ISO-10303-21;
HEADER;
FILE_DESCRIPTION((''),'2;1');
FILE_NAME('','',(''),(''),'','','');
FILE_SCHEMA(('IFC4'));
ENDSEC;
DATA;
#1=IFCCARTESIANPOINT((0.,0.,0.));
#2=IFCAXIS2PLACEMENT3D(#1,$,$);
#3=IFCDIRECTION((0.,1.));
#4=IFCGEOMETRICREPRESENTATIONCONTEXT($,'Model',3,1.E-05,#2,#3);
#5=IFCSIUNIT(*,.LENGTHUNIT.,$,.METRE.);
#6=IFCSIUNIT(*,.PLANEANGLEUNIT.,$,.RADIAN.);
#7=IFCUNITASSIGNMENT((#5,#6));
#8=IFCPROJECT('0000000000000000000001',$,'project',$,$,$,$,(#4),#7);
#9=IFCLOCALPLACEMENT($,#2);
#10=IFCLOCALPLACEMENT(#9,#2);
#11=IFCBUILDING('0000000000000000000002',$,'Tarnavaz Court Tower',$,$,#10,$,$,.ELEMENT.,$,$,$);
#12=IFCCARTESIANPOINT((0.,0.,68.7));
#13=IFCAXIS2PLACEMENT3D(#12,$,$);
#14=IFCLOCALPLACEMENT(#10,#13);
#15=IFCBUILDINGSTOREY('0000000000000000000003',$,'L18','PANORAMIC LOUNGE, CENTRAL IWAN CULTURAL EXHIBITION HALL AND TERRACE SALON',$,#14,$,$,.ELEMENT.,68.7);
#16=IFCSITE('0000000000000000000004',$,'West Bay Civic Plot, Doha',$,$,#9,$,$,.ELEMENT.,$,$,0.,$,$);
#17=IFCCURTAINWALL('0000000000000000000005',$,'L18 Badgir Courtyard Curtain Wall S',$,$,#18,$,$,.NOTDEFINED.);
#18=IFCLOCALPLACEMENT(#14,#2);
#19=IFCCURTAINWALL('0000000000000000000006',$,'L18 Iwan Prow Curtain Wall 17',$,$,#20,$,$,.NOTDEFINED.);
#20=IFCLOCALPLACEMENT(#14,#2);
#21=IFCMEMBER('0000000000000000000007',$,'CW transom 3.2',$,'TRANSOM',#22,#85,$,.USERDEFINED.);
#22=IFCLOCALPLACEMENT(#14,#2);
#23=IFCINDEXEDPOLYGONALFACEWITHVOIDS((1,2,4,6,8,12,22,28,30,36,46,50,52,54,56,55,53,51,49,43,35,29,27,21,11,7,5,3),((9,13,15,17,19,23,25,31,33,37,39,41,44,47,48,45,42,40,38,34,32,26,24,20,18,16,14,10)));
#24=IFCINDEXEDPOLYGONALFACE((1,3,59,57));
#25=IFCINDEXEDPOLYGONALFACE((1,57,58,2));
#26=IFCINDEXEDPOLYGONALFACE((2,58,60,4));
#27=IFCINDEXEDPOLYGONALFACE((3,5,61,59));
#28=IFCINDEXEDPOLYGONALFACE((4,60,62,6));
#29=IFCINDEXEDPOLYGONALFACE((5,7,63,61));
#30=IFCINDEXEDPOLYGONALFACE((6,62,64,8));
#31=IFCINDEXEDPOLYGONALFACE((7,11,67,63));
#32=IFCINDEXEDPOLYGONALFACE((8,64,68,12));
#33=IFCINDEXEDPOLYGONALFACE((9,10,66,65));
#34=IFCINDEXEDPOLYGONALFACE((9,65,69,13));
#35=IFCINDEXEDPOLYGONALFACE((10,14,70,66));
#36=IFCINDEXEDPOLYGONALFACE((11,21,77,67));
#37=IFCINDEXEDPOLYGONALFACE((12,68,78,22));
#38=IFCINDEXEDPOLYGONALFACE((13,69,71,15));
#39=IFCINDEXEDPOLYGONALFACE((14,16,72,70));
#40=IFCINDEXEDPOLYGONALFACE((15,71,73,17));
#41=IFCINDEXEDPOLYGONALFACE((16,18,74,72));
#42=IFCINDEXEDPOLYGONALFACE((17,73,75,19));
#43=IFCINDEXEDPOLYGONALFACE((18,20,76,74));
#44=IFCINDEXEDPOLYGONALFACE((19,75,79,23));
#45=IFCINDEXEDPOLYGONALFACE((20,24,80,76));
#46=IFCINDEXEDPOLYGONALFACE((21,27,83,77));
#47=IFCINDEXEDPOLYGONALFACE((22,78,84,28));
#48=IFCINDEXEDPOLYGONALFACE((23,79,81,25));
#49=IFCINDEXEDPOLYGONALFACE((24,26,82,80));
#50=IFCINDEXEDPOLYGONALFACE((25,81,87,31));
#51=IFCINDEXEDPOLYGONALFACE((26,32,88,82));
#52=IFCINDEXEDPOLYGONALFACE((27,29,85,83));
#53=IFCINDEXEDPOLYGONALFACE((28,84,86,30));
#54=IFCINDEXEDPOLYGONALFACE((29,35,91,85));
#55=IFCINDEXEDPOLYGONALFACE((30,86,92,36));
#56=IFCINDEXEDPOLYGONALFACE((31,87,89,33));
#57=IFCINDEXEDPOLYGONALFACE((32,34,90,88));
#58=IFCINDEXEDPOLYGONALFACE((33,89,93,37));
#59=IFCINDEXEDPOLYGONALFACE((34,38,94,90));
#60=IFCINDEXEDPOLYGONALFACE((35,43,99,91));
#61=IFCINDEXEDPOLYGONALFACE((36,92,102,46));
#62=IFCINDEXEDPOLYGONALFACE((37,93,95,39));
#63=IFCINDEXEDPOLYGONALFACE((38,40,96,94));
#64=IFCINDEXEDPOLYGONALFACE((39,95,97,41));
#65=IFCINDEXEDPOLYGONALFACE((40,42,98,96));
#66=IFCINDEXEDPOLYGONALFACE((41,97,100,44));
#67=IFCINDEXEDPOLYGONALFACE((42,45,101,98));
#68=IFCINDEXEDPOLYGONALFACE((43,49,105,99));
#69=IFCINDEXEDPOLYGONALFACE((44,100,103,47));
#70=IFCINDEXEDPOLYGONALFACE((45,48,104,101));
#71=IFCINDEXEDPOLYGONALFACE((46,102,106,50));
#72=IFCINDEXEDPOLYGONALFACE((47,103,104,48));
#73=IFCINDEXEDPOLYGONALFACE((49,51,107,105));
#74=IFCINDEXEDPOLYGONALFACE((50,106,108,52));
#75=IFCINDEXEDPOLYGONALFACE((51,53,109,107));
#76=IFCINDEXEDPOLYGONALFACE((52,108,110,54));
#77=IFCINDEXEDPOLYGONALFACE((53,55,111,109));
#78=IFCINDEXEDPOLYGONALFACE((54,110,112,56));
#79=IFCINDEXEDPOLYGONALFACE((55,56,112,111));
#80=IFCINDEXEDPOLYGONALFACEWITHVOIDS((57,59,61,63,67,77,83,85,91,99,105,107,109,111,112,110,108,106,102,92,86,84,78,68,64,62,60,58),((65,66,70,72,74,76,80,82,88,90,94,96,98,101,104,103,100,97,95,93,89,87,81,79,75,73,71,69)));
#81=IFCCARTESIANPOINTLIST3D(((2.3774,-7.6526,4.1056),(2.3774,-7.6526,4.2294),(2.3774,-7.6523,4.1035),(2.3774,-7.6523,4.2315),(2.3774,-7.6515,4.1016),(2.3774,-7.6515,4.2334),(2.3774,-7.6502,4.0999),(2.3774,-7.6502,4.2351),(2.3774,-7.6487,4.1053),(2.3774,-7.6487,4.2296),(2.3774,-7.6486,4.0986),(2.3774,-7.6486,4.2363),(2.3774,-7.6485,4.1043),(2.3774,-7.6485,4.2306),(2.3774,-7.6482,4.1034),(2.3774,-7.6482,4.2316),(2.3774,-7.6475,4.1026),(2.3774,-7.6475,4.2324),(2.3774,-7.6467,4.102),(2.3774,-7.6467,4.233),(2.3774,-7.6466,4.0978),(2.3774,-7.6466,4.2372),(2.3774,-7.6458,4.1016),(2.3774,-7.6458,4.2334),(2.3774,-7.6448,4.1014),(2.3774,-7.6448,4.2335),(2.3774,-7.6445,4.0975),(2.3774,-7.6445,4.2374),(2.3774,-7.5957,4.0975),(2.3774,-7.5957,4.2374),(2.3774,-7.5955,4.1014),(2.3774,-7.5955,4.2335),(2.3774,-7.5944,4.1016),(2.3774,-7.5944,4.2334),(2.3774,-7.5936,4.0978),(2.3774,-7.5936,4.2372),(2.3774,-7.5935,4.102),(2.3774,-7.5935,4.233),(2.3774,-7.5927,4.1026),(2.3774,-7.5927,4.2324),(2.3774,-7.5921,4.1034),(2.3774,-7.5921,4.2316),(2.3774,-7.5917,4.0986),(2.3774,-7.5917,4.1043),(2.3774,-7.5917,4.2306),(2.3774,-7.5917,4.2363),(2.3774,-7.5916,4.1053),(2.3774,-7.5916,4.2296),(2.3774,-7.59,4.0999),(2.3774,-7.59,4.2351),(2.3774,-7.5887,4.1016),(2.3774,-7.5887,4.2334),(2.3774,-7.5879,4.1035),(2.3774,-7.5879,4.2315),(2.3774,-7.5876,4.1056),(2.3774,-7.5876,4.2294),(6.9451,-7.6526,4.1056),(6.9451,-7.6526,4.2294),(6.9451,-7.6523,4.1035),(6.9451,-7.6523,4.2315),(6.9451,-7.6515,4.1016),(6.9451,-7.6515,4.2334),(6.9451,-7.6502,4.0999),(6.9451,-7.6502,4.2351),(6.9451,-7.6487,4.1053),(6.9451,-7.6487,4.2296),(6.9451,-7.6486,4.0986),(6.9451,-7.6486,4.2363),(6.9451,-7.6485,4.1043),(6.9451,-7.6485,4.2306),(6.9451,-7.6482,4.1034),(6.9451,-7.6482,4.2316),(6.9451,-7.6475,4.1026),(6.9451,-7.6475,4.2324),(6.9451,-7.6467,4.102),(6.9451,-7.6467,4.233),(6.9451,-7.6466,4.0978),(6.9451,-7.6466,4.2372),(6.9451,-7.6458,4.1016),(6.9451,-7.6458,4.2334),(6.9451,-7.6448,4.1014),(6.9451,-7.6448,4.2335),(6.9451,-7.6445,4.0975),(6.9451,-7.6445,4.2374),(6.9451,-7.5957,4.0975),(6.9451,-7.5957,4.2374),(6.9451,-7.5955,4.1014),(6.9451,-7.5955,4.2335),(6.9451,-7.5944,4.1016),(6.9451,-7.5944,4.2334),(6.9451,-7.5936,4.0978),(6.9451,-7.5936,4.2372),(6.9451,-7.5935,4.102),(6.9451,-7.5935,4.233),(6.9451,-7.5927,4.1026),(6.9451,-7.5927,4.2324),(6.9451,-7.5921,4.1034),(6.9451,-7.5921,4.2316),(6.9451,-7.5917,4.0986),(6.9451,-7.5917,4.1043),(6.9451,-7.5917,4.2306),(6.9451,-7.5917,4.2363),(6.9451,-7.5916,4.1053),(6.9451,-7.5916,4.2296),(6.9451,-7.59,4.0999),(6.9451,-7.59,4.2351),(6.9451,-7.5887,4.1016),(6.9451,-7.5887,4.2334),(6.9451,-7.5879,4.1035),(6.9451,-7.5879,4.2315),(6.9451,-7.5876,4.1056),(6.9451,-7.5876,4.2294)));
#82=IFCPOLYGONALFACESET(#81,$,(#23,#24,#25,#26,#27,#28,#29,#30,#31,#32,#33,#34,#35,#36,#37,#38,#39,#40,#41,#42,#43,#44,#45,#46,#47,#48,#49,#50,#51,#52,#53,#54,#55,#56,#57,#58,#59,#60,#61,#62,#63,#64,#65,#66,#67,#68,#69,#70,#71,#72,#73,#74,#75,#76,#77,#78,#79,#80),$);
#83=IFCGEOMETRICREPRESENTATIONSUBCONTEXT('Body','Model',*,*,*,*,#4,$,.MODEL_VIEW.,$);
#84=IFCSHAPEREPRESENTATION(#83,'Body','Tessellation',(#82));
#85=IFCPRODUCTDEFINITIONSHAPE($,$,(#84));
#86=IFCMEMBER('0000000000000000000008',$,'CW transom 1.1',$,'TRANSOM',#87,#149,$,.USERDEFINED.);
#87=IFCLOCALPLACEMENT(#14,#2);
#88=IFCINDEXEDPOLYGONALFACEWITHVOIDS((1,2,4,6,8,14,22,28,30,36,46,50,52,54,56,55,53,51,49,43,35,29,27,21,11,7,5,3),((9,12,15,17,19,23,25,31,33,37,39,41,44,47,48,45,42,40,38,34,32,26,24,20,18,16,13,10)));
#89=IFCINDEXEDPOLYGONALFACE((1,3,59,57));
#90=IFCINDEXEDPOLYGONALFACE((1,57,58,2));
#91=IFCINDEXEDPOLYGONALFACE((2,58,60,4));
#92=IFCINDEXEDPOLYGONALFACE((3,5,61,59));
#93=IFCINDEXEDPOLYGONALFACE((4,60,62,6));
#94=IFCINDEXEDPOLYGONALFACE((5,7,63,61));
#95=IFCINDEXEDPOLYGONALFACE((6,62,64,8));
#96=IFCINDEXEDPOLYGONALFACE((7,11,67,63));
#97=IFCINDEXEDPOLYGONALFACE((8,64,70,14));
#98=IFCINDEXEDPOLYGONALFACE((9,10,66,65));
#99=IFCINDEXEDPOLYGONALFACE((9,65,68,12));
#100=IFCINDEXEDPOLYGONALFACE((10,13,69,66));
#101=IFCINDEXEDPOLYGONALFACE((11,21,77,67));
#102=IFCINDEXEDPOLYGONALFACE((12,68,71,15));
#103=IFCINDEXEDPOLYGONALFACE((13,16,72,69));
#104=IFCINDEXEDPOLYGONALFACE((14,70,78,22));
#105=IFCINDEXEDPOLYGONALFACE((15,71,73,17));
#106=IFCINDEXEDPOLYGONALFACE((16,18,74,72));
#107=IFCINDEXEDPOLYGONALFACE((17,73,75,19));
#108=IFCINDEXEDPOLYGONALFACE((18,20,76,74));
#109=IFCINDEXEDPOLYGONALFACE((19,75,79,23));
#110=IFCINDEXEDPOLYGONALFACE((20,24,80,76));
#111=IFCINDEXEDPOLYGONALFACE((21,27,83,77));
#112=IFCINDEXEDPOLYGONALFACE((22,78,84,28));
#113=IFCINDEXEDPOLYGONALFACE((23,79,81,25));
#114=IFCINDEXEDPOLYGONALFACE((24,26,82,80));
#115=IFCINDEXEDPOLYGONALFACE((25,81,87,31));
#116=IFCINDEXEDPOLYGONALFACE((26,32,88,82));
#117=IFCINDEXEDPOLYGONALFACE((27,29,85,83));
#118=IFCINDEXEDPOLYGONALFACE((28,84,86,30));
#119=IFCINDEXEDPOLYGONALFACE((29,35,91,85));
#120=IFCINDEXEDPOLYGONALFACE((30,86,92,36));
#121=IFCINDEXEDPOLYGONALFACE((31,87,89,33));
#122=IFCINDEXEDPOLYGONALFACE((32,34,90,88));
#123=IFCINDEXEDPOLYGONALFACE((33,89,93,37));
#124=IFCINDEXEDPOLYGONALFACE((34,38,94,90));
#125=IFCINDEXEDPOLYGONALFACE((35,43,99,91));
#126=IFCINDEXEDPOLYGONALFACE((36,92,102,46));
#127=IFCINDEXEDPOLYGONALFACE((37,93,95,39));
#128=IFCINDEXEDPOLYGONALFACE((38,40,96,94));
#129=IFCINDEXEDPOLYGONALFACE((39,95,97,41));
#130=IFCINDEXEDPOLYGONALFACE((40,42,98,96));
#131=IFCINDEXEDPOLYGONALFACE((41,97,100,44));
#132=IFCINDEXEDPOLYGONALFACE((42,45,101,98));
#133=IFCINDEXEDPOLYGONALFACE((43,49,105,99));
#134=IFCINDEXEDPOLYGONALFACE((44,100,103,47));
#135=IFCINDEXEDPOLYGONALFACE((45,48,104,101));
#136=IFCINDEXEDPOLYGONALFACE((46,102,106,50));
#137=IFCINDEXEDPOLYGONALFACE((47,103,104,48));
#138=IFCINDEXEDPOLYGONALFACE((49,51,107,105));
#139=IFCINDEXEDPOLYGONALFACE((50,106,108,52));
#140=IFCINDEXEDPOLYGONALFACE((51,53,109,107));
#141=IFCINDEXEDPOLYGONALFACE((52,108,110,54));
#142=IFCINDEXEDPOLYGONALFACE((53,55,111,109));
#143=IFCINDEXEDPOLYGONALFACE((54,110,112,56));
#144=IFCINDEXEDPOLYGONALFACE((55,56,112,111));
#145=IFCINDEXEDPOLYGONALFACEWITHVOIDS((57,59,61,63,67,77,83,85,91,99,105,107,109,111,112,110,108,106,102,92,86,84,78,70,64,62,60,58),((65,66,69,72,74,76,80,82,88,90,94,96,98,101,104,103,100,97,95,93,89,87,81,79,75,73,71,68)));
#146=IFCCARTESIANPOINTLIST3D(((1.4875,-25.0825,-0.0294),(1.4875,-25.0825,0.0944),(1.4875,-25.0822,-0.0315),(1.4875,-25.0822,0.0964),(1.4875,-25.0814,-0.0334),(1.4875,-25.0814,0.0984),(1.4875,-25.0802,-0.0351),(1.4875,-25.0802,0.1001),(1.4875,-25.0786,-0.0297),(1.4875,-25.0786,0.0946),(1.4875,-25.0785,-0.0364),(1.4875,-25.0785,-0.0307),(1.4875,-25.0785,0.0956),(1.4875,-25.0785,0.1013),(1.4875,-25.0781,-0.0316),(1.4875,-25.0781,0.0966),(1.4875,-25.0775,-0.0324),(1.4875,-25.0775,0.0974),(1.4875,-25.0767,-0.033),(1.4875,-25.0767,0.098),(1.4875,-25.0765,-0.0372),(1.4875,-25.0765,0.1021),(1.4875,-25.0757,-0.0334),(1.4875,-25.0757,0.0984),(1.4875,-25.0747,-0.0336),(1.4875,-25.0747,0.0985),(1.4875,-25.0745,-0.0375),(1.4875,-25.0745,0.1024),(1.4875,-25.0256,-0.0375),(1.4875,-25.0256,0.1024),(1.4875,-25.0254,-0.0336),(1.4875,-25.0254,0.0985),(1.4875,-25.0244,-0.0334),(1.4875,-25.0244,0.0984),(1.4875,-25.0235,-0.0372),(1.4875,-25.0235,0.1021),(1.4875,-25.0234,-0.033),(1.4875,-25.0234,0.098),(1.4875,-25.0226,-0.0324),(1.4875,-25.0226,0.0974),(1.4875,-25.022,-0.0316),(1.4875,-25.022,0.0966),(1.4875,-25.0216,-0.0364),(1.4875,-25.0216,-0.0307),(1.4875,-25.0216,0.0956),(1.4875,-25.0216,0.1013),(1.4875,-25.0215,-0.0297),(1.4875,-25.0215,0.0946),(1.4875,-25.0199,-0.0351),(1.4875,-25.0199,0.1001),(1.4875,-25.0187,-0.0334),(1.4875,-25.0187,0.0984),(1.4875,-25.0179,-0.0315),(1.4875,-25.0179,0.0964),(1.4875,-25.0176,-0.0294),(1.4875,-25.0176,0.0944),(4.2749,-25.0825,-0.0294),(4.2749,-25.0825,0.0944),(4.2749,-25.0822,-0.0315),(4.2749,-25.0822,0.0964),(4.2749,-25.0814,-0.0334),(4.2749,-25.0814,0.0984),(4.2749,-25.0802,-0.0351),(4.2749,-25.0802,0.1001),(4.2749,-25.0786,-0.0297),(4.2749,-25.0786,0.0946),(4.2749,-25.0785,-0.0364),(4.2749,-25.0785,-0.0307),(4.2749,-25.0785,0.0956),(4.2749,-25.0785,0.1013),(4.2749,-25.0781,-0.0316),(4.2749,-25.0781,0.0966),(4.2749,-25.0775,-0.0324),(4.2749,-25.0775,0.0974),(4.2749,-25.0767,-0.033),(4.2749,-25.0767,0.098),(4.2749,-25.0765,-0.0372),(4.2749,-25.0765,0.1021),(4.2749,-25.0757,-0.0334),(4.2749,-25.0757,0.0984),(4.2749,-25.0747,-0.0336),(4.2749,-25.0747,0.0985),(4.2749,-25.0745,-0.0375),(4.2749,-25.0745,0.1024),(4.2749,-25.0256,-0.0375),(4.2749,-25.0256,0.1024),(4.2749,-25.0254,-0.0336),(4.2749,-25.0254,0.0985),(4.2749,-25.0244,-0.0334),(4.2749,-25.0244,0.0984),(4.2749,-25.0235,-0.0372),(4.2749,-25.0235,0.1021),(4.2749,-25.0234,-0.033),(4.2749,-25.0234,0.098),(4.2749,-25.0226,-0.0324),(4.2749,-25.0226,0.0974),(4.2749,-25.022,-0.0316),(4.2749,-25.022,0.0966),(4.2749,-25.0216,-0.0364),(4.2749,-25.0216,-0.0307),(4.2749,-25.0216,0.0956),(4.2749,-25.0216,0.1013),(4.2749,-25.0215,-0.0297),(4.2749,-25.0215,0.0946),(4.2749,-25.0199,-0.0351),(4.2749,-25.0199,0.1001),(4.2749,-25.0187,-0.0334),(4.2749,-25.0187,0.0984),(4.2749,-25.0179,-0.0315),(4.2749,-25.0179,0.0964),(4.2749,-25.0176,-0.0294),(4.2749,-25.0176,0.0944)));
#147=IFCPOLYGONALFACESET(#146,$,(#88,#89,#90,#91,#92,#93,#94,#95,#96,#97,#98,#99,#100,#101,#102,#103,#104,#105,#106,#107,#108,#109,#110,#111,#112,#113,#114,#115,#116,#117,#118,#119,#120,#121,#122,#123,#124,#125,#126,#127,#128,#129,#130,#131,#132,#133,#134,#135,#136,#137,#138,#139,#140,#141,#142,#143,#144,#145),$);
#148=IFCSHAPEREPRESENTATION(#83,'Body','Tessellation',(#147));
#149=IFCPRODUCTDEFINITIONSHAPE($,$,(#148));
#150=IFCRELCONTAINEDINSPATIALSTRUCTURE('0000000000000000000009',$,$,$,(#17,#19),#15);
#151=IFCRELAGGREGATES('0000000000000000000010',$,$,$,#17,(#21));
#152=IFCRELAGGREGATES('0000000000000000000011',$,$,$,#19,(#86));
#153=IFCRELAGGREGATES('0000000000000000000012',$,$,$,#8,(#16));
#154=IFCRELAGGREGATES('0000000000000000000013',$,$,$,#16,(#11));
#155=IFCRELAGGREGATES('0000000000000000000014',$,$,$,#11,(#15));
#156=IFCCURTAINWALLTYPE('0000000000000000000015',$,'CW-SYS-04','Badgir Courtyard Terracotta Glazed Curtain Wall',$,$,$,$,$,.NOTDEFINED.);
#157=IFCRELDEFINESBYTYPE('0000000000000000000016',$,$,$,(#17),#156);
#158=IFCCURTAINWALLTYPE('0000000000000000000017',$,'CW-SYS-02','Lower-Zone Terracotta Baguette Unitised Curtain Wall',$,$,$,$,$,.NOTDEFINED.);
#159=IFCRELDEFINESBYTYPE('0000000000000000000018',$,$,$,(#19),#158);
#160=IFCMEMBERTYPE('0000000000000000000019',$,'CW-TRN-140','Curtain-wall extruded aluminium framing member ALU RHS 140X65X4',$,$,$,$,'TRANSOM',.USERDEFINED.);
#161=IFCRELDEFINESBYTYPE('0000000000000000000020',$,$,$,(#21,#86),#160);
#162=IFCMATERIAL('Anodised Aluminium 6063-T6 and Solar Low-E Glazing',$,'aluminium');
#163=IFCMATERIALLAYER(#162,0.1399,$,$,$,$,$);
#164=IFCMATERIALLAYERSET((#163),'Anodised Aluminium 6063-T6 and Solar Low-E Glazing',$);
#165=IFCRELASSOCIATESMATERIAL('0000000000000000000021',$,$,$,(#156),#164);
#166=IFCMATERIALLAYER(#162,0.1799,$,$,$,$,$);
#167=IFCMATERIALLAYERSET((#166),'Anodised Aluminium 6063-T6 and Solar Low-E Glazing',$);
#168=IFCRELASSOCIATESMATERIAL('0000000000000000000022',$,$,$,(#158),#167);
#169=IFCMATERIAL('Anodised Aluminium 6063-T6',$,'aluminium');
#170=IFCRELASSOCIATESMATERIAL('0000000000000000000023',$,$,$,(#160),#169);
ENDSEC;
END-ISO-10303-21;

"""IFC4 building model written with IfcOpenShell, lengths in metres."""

from ifc_helpers import new_model, si_unit, direction, frame, origin, origin_2d, place, context, subcontext, project, spatial, hollow_rectangle, extrude, material, layer, layer_set, material_profile, profile_set, type_object, element, aggregate, save


model = new_model("IFC4")

# Units and contexts
model_context = context("Model", 3, precision=1e-05, world=origin(), true_north=direction((0.0, 1.0)))
body_context = subcontext(model_context, "Body", "Model", "MODEL_VIEW")
ifc_project = project(units=[si_unit("LENGTHUNIT", "METRE"), si_unit("PLANEANGLEUNIT", "RADIAN")], contexts=[model_context])

# Site, building, storey
site_placement = place(None, origin())
site = spatial("IfcSite", under=ifc_project, at=site_placement, Name="West Bay Civic Plot, Doha", CompositionType="ELEMENT", RefElevation=0.0)
building_placement = place(site_placement, origin())
building = spatial("IfcBuilding", under=site, at=building_placement, Name="Tarnavaz Court Tower", CompositionType="ELEMENT")
storey_placement = place(building_placement, frame((0.0, 0.0, 68.7)))
storey = spatial("IfcBuildingStorey", under=building, at=storey_placement, Name="L18", Description="PANORAMIC LOUNGE, CENTRAL IWAN CULTURAL EXHIBITION HALL AND TERRACE SALON", CompositionType="ELEMENT", Elevation=68.7)

# Curtain wall
ifc_material_1 = material(Name="Anodised Aluminium 6063-T6 and Solar Low-E Glazing", Category="aluminium")
ifc_layer_1 = layer(ifc_material_1, 0.1399)
ifc_layer_set_1 = layer_set([ifc_layer_1], Name="Anodised Aluminium 6063-T6 and Solar Low-E Glazing")
curtain_wall_type_1 = type_object("IfcCurtainWallType", Name="CW-SYS-04", Description="Badgir Courtyard Terracotta Glazed Curtain Wall", PredefinedType="NOTDEFINED", material=ifc_layer_set_1)
curtain_wall_1_placement = place(storey_placement, origin())
curtain_wall_1 = element("IfcCurtainWall", 1, at=curtain_wall_1_placement, inside=storey, type_object=curtain_wall_type_1, Name="L18 Badgir Courtyard Curtain Wall S", PredefinedType="NOTDEFINED")
ifc_material_2 = material(Name="Anodised Aluminium 6063-T6", Category="aluminium")

# Curtain wall
ifc_layer_2 = layer(ifc_material_1, 0.1799)
ifc_layer_set_2 = layer_set([ifc_layer_2], Name="Anodised Aluminium 6063-T6 and Solar Low-E Glazing")
curtain_wall_type_2 = type_object("IfcCurtainWallType", Name="CW-SYS-02", Description="Lower-Zone Terracotta Baguette Unitised Curtain Wall", PredefinedType="NOTDEFINED", material=ifc_layer_set_2)
curtain_wall_2_placement = place(storey_placement, origin())
curtain_wall_2 = element("IfcCurtainWall", 2, at=curtain_wall_2_placement, inside=storey, type_object=curtain_wall_type_2, Name="L18 Iwan Prow Curtain Wall 17", PredefinedType="NOTDEFINED")

# Members
ifc_material_profile_1 = material_profile(ifc_material_2, hollow_rectangle(XDim=0.0649, YDim=0.1399, WallThickness=0.0039, InnerFilletRadius=0.0039, OuterFilletRadius=0.0081, at=origin_2d()), Name="ALU RHS 140X65X4")
ifc_profile_set_1 = profile_set([ifc_material_profile_1], Name="Anodised Aluminium 6063-T6")
member_type_1 = type_object("IfcMemberType", Name="CW-TRN-140", Description="Curtain-wall extruded aluminium framing member ALU RHS 140X65X4", ElementType="TRANSOM", PredefinedType="USERDEFINED", material=ifc_profile_set_1)
member_1_placement = place(storey_placement, frame((2.3774, -7.6201, 4.1675), z_axis=(1.0, 0.0, 0.0), x_axis=(0.0, 1.0, 0.0)))
member_1 = element("IfcMember", 3, at=member_1_placement, type_object=member_type_1, Name="CW transom 3.2", ObjectType="TRANSOM", PredefinedType="USERDEFINED", context=body_context, shape_type="SweptSolid", body=[
    extrude(hollow_rectangle(XDim=0.0649, YDim=0.1399, WallThickness=0.0039, InnerFilletRadius=0.0039, OuterFilletRadius=0.0081, at=origin_2d()), origin(), (0.0, 0.0, 1.0), 4.5676),
])
member_2_placement = place(storey_placement, frame((4.2749, -25.05, 0.0325), z_axis=(-1.0, 0.0, 0.0), x_axis=(0.0, -1.0, 0.0)))
member_2 = element("IfcMember", 4, at=member_2_placement, type_object=member_type_1, Name="CW transom 1.1", ObjectType="TRANSOM", PredefinedType="USERDEFINED", context=body_context, shape_type="SweptSolid", body=[
    extrude(hollow_rectangle(XDim=0.0649, YDim=0.1399, WallThickness=0.0039, InnerFilletRadius=0.0039, OuterFilletRadius=0.0081, at=origin_2d()), origin(), (0.0, 0.0, 1.0), 2.7874),
])

aggregate(curtain_wall_1, [member_1])
aggregate(curtain_wall_2, [member_2])

save(model, "model.ifc")
